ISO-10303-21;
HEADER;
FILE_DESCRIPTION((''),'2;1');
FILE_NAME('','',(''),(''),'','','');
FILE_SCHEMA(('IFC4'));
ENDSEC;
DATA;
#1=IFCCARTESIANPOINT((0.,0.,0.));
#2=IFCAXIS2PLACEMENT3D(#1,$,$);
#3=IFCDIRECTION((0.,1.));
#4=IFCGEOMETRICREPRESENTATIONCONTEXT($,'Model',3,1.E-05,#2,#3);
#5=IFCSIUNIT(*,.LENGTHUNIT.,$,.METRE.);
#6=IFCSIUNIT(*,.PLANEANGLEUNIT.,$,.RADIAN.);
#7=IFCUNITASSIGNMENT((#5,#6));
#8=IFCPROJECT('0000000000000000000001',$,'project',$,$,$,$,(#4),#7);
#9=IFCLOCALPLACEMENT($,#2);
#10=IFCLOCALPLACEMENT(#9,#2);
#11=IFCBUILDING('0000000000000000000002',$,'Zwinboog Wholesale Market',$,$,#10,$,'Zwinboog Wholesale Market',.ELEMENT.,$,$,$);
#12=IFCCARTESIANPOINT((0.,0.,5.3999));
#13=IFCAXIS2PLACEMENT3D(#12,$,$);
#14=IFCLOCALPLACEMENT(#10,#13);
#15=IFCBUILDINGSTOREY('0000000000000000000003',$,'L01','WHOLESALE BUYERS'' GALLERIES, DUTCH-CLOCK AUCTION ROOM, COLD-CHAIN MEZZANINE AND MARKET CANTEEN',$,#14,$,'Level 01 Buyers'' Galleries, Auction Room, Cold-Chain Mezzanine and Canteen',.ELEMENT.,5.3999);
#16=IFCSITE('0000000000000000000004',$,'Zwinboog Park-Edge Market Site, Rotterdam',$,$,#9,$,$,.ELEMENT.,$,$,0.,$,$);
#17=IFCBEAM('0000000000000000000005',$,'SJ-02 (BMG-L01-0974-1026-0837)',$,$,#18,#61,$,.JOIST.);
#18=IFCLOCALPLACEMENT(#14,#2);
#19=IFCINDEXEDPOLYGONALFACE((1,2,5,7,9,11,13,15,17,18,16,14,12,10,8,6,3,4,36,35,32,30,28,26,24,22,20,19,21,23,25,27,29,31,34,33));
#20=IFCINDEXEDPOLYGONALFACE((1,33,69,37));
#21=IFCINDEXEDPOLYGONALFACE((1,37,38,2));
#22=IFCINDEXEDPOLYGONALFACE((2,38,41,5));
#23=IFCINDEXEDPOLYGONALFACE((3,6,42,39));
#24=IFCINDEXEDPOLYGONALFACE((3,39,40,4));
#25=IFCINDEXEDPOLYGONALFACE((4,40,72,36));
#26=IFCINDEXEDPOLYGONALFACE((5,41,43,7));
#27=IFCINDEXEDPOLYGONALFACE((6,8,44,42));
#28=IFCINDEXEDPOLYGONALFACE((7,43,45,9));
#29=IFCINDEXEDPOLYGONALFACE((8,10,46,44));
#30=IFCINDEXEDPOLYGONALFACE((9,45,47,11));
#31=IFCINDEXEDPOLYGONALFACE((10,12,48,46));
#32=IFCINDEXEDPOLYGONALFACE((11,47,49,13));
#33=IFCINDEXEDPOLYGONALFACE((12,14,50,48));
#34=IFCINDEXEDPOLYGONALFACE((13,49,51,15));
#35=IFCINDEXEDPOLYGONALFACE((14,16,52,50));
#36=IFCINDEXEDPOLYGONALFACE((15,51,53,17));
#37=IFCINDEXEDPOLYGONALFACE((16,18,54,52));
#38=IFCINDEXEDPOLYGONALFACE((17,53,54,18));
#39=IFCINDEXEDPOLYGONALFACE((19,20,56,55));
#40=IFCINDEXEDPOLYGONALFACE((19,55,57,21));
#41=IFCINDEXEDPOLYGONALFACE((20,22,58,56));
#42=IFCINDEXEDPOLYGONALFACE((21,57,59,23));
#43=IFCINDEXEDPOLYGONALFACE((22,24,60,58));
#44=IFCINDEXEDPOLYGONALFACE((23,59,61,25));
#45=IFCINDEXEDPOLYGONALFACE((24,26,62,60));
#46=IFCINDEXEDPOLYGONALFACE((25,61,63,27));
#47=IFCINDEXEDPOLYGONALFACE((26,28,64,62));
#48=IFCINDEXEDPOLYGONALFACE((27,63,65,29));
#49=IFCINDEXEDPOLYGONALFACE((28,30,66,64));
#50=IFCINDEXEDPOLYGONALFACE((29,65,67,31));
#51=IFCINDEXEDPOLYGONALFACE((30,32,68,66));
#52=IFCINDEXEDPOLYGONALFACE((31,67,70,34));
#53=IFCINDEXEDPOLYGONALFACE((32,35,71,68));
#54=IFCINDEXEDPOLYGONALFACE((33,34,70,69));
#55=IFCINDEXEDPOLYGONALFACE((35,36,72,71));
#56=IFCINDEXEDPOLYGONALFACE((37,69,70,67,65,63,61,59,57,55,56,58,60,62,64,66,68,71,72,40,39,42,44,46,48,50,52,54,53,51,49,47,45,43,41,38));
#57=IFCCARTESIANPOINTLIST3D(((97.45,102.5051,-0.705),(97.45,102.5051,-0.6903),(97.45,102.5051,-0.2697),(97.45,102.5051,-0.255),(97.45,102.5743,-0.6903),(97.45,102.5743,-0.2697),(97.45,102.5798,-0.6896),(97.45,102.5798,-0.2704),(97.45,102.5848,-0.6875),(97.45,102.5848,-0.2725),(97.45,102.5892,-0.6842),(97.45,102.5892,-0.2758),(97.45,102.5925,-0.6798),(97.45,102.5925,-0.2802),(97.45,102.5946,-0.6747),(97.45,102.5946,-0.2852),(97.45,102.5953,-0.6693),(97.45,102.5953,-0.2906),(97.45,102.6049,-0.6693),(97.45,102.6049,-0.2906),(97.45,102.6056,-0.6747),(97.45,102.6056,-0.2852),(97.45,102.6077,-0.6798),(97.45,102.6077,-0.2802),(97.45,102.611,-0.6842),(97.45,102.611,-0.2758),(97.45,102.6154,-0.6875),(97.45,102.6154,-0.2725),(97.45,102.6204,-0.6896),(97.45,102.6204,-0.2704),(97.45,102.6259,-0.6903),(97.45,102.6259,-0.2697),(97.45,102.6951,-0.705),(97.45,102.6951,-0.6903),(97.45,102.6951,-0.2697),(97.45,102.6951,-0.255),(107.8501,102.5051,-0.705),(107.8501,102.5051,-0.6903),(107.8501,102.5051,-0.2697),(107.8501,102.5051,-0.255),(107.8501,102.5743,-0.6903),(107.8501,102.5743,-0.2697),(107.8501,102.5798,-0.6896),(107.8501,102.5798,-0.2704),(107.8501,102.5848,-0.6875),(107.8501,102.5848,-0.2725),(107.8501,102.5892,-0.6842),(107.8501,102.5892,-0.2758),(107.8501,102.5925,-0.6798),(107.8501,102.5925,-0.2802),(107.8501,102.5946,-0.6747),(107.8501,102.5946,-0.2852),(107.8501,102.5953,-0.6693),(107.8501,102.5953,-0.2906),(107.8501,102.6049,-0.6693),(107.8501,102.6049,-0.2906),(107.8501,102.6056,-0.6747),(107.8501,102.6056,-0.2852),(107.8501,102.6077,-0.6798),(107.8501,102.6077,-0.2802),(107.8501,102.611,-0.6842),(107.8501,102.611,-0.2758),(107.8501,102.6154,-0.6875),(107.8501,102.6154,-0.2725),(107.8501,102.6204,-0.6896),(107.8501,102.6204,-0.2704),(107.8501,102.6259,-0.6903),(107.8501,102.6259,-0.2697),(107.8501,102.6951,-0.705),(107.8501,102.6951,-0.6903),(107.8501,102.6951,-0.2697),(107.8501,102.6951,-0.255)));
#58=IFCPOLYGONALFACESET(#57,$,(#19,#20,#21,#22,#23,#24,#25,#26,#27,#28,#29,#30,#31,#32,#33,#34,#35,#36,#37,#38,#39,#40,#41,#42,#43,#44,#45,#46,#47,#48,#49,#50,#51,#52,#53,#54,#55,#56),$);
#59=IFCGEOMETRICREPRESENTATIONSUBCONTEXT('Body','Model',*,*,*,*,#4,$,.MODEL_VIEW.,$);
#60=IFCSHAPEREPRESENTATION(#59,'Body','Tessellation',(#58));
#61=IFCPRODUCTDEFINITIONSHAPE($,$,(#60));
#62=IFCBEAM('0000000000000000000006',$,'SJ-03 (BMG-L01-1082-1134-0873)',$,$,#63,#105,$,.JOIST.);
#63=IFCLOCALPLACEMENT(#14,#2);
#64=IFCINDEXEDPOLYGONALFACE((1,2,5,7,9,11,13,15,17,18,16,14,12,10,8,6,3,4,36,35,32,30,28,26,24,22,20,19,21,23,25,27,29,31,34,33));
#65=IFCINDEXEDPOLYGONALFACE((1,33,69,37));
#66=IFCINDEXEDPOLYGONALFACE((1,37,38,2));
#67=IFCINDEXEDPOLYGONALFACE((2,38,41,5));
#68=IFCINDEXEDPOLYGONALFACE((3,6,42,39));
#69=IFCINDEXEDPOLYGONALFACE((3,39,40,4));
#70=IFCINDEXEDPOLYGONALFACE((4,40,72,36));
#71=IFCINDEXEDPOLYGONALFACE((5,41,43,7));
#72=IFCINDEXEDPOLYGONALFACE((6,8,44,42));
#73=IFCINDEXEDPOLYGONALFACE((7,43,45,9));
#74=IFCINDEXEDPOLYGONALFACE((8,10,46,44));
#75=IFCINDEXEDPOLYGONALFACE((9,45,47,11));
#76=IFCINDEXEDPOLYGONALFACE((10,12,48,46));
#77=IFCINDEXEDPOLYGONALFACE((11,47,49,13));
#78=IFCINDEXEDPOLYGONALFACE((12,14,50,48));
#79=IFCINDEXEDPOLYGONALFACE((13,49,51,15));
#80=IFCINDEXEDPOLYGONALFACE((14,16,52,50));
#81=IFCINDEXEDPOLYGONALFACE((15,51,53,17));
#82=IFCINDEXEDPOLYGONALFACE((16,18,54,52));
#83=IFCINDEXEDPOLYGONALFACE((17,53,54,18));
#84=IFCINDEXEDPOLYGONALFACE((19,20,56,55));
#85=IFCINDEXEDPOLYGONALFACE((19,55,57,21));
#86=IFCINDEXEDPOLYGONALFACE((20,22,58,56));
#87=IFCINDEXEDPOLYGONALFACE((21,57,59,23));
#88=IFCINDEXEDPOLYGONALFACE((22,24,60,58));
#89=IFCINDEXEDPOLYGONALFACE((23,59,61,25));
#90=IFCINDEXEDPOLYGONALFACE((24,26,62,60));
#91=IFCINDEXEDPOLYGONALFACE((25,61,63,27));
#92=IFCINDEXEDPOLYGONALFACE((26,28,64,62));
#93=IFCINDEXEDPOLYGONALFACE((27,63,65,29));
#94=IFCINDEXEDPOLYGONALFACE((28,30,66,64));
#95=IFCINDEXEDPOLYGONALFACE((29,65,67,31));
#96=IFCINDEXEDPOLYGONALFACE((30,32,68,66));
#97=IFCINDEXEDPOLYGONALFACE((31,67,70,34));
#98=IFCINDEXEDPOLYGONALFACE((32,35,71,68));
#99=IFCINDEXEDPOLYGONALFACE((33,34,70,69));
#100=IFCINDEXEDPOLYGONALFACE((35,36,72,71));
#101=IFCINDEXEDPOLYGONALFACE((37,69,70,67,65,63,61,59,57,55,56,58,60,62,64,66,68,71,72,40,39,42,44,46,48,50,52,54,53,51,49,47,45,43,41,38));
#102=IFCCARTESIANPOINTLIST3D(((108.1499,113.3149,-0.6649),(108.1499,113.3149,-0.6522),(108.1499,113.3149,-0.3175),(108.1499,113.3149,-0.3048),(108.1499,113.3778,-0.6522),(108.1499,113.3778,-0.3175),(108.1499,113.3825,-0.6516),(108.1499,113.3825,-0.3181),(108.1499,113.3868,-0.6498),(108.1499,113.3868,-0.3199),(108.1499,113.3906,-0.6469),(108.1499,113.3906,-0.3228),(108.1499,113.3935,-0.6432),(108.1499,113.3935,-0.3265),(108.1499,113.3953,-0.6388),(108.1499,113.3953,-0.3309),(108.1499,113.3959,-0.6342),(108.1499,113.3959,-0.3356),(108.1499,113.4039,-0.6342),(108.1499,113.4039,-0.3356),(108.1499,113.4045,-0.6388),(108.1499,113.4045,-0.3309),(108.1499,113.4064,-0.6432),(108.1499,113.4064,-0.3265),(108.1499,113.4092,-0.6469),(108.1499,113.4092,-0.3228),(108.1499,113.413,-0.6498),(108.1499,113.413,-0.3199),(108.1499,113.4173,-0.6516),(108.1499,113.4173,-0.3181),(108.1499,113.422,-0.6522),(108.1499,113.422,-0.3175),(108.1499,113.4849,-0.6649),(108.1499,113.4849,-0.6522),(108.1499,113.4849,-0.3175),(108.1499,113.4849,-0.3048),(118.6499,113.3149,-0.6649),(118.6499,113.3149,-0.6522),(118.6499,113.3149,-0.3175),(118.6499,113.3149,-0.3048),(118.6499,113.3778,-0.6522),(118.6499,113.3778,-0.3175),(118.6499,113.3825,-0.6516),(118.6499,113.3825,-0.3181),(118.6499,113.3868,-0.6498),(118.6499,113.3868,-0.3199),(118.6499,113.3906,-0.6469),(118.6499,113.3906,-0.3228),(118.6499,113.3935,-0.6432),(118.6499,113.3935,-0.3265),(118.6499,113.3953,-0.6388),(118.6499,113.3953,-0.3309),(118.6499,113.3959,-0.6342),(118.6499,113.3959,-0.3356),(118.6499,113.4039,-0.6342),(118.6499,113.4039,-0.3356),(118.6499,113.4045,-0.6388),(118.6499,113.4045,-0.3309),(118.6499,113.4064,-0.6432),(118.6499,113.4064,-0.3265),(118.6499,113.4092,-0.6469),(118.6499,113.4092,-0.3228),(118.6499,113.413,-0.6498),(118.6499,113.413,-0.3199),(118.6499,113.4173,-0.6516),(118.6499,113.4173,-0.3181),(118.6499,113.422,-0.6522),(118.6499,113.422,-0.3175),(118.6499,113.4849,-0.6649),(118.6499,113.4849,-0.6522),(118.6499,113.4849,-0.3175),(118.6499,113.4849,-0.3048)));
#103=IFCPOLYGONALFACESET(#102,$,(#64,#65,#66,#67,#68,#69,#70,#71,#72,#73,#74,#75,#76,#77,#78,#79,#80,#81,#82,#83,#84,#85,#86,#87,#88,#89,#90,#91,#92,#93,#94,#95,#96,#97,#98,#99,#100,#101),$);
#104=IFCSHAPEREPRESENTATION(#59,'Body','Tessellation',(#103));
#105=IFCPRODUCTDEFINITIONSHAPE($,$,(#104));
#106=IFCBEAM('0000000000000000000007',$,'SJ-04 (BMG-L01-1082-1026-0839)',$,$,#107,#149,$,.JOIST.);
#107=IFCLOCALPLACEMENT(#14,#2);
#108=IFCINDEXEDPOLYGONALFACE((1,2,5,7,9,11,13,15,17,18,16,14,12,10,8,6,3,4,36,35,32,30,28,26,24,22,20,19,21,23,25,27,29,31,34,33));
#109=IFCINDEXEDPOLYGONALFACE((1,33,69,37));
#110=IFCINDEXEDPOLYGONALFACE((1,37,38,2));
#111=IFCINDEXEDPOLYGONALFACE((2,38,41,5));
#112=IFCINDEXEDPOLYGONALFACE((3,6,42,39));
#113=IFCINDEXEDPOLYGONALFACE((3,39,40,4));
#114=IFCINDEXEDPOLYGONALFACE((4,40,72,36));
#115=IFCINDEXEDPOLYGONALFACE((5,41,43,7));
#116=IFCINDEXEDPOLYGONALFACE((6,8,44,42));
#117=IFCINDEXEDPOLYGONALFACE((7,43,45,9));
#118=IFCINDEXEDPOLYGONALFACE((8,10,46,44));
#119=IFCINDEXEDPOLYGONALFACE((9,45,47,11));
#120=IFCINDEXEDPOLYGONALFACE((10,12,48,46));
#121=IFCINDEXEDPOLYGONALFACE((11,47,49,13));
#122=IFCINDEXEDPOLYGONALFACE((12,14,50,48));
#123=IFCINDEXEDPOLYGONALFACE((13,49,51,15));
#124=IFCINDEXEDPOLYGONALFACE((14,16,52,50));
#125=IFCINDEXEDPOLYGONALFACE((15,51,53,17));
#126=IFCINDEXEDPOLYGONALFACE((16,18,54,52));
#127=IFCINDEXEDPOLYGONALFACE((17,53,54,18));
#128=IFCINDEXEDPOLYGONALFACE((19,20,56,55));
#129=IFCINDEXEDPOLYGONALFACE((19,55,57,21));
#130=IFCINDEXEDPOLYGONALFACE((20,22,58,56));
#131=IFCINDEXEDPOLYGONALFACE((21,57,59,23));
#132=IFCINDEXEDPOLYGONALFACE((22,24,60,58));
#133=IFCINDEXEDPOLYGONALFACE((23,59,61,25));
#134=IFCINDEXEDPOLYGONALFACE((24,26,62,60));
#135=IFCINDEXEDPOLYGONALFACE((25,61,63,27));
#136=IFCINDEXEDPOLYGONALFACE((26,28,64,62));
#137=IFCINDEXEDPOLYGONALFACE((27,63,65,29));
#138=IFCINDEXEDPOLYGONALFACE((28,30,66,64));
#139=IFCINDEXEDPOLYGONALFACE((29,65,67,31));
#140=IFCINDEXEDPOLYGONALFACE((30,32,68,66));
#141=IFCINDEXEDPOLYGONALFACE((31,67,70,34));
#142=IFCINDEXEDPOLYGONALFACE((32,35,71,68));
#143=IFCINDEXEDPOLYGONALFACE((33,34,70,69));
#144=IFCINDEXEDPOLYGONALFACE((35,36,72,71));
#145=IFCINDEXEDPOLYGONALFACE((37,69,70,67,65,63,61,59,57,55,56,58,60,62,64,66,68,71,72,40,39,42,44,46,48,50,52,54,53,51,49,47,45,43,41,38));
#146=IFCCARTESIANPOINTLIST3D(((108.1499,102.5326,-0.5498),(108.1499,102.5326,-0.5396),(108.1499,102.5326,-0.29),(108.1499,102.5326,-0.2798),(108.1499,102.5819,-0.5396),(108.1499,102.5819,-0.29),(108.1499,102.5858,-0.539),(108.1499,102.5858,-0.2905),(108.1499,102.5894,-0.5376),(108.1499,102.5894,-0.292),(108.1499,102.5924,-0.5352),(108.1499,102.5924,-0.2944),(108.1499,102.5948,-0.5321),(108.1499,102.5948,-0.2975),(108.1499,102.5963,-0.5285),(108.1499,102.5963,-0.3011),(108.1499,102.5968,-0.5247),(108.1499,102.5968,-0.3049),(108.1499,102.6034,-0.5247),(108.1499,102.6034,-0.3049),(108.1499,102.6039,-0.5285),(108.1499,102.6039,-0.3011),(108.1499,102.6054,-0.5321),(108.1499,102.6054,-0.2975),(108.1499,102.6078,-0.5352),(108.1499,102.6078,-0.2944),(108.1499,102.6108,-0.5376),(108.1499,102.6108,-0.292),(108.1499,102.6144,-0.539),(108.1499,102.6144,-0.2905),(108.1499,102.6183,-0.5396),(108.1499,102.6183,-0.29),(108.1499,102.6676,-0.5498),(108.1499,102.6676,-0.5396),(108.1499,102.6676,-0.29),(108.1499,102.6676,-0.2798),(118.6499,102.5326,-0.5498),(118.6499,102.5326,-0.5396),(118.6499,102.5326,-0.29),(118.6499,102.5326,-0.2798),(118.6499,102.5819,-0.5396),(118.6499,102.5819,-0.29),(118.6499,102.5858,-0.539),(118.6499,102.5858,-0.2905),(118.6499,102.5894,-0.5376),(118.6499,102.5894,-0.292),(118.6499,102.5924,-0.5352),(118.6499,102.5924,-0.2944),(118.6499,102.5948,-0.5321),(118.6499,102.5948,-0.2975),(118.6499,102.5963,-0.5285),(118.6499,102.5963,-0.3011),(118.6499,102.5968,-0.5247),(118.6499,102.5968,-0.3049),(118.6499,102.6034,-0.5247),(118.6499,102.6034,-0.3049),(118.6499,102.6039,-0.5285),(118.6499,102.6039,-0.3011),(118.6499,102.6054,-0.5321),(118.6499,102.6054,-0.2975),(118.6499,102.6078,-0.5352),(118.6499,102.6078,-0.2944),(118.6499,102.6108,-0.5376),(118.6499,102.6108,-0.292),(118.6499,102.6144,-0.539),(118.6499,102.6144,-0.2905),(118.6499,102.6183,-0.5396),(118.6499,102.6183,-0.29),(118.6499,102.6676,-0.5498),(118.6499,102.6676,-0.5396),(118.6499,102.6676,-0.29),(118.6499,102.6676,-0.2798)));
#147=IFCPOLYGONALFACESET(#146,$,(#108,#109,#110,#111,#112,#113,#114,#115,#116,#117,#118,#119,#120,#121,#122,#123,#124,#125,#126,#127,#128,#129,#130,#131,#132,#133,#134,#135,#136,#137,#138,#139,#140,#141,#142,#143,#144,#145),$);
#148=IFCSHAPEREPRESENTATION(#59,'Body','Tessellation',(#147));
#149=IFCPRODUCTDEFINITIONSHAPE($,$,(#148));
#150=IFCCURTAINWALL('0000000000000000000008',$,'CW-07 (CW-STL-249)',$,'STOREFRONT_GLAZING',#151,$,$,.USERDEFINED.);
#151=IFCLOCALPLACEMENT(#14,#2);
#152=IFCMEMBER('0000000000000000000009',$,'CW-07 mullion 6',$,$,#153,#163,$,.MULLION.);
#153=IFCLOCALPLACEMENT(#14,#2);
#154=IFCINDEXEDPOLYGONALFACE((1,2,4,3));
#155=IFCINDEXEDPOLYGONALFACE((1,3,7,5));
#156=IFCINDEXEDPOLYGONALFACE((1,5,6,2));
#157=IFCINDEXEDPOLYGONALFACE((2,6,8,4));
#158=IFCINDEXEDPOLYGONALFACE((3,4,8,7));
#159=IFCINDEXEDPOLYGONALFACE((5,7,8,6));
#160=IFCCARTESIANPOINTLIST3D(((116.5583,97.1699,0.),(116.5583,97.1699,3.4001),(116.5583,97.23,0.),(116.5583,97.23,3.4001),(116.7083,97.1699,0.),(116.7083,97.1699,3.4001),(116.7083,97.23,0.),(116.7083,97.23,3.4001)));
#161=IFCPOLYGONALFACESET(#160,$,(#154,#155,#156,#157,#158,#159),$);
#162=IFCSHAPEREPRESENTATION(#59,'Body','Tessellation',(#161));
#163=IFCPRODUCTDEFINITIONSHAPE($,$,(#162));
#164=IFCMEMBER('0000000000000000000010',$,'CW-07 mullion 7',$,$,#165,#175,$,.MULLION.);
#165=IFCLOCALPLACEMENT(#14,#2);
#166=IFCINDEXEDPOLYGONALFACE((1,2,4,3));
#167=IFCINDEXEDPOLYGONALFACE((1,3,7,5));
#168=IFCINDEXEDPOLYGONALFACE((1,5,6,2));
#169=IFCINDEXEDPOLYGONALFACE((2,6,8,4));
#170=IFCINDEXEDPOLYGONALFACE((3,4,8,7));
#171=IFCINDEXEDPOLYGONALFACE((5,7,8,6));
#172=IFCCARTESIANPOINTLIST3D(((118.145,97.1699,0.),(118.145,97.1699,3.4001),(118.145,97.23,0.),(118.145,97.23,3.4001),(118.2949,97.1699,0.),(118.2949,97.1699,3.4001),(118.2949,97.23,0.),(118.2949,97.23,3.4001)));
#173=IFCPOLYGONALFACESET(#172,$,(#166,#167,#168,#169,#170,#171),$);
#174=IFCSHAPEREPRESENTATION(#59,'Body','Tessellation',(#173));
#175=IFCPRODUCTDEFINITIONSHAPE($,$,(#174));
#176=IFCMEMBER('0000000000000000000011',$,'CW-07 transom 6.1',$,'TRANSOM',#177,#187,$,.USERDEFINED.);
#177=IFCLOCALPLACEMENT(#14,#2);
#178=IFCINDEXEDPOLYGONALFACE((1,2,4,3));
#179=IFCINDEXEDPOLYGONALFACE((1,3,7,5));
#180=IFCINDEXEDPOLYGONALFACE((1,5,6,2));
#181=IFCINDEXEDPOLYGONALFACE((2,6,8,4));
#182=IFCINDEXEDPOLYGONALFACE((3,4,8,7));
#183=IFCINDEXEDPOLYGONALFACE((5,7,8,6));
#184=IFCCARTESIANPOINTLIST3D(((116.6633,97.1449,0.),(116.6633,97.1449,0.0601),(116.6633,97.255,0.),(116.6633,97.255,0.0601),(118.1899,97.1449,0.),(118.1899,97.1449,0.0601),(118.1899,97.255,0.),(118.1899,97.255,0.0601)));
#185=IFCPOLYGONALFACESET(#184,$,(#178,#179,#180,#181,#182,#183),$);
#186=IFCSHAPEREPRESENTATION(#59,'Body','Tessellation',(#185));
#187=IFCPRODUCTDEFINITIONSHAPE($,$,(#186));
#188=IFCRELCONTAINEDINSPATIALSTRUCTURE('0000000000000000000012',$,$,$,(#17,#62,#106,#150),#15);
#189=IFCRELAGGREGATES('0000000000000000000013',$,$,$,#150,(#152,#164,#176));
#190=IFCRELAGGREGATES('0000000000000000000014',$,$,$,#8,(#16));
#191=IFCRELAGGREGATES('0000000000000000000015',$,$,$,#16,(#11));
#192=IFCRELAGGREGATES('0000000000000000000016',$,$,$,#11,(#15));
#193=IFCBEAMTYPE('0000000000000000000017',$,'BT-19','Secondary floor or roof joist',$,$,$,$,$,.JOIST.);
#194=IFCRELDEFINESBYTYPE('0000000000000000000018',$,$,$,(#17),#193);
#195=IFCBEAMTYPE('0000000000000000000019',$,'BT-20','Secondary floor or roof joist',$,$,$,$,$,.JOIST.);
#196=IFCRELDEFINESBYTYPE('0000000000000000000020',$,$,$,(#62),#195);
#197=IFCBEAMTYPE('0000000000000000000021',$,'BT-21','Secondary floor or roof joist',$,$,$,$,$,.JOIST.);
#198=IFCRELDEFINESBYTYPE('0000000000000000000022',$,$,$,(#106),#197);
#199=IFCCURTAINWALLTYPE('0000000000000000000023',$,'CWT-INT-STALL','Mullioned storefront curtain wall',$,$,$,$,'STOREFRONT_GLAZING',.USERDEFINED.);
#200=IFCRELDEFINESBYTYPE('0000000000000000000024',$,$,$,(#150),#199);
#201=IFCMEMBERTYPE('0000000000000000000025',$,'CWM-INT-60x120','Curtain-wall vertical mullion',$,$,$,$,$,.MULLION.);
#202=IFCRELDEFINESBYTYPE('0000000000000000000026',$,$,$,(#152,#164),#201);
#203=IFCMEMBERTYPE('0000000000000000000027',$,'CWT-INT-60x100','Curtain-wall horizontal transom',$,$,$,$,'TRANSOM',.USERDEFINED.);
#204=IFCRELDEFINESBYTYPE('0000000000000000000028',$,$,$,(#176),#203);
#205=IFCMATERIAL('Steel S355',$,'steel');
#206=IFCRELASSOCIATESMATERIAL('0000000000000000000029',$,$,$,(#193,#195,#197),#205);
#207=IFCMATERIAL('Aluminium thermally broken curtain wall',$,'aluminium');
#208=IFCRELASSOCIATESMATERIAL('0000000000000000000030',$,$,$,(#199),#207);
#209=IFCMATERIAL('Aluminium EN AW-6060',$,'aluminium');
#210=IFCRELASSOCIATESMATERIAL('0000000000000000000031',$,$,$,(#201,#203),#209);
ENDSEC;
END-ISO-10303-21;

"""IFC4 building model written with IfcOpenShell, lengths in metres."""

from ifc_helpers import new_model, si_unit, direction, frame, origin, origin_2d, place, context, subcontext, project, spatial, rectangle, i_section, extrude, material, material_profile, profile_set, type_object, element, aggregate, save


model = new_model("IFC4")

# Units and contexts
model_context = context("Model", 3, precision=1e-05, world=origin(), true_north=direction((0.0, 1.0)))
body_context = subcontext(model_context, "Body", "Model", "MODEL_VIEW")
ifc_project = project(units=[si_unit("LENGTHUNIT", "METRE"), si_unit("PLANEANGLEUNIT", "RADIAN")], contexts=[model_context])

# Site, building, storey
site_placement = place(None, origin())
site = spatial("IfcSite", under=ifc_project, at=site_placement, Name="Zwinboog Park-Edge Market Site, Rotterdam", CompositionType="ELEMENT", RefElevation=0.0)
building_placement = place(site_placement, origin())
building = spatial("IfcBuilding", under=site, at=building_placement, Name="Zwinboog Wholesale Market", LongName="Zwinboog Wholesale Market", CompositionType="ELEMENT")
storey_placement = place(building_placement, frame((0.0, 0.0, 5.3999)))
storey = spatial("IfcBuildingStorey", under=building, at=storey_placement, Name="L01", Description="WHOLESALE BUYERS' GALLERIES, DUTCH-CLOCK AUCTION ROOM, COLD-CHAIN MEZZANINE AND MARKET CANTEEN", LongName="Level 01 Buyers' Galleries, Auction Room, Cold-Chain Mezzanine and Canteen", CompositionType="ELEMENT", Elevation=5.3999)

# Beams
ifc_material_1 = material(Name="Steel S355", Category="steel")
ifc_material_profile_1 = material_profile(ifc_material_1, i_section(OverallWidth=0.1899, OverallDepth=0.45, WebThickness=0.0095, FlangeThickness=0.0146, FilletRadius=0.021, at=origin_2d()), Name="IPE 450")
ifc_profile_set_1 = profile_set([ifc_material_profile_1], Name="Steel S355")
beam_type_1 = type_object("IfcBeamType", Name="BT-19", Description="Secondary floor or roof joist", PredefinedType="JOIST", material=ifc_profile_set_1)
beam_1_placement = place(storey_placement, frame((97.45, 102.6001, -0.48), z_axis=(1.0, 0.0, 0.0), x_axis=(0.0, 1.0, 0.0)))
element("IfcBeam", 1, at=beam_1_placement, inside=storey, type_object=beam_type_1, Name="SJ-02 (BMG-L01-0974-1026-0837)", PredefinedType="JOIST", context=body_context, shape_type="SweptSolid", body=[
    extrude(i_section(OverallWidth=0.1899, OverallDepth=0.45, WebThickness=0.0095, FlangeThickness=0.0146, FilletRadius=0.021, at=origin_2d()), origin(), (0.0, 0.0, 1.0), 10.4001),
])
ifc_material_profile_2 = material_profile(ifc_material_1, i_section(OverallWidth=0.1699, OverallDepth=0.3601, WebThickness=0.0081, FlangeThickness=0.0127, FilletRadius=0.0181, at=origin_2d()), Name="IPE 360")
ifc_profile_set_2 = profile_set([ifc_material_profile_2], Name="Steel S355")
beam_type_2 = type_object("IfcBeamType", Name="BT-20", Description="Secondary floor or roof joist", PredefinedType="JOIST", material=ifc_profile_set_2)
beam_2_placement = place(storey_placement, frame((108.1499, 113.3999, -0.4849), z_axis=(1.0, 0.0, 0.0), x_axis=(0.0, 1.0, 0.0)))
element("IfcBeam", 2, at=beam_2_placement, inside=storey, type_object=beam_type_2, Name="SJ-03 (BMG-L01-1082-1134-0873)", PredefinedType="JOIST", context=body_context, shape_type="SweptSolid", body=[
    extrude(i_section(OverallWidth=0.1699, OverallDepth=0.3601, WebThickness=0.0081, FlangeThickness=0.0127, FilletRadius=0.0181, at=origin_2d()), origin(), (0.0, 0.0, 1.0), 10.5),
])
ifc_material_profile_3 = material_profile(ifc_material_1, i_section(OverallWidth=0.135, OverallDepth=0.27, WebThickness=0.0066, FlangeThickness=0.0103, FilletRadius=0.0149, at=origin_2d()), Name="IPE 270")
ifc_profile_set_3 = profile_set([ifc_material_profile_3], Name="Steel S355")
beam_type_3 = type_object("IfcBeamType", Name="BT-21", Description="Secondary floor or roof joist", PredefinedType="JOIST", material=ifc_profile_set_3)
beam_3_placement = place(storey_placement, frame((108.1499, 102.6001, -0.4148), z_axis=(1.0, 0.0, 0.0), x_axis=(0.0, 1.0, 0.0)))
element("IfcBeam", 3, at=beam_3_placement, inside=storey, type_object=beam_type_3, Name="SJ-04 (BMG-L01-1082-1026-0839)", PredefinedType="JOIST", context=body_context, shape_type="SweptSolid", body=[
    extrude(i_section(OverallWidth=0.135, OverallDepth=0.27, WebThickness=0.0066, FlangeThickness=0.0103, FilletRadius=0.0149, at=origin_2d()), origin(), (0.0, 0.0, 1.0), 10.5),
])

# Curtain wall, members
ifc_material_2 = material(Name="Aluminium thermally broken curtain wall", Category="aluminium")
curtain_wall_type = type_object("IfcCurtainWallType", Name="CWT-INT-STALL", Description="Mullioned storefront curtain wall", ElementType="STOREFRONT_GLAZING", PredefinedType="USERDEFINED", material=ifc_material_2)
curtain_wall_placement = place(storey_placement, origin())
curtain_wall = element("IfcCurtainWall", 4, at=curtain_wall_placement, inside=storey, type_object=curtain_wall_type, Name="CW-07 (CW-STL-249)", ObjectType="STOREFRONT_GLAZING", PredefinedType="USERDEFINED")
ifc_material_3 = material(Name="Aluminium EN AW-6060", Category="aluminium")
ifc_material_profile_4 = material_profile(ifc_material_3, rectangle(XDim=0.0601, YDim=0.1499, at=origin_2d()), Name="AL 60x150")
ifc_profile_set_4 = profile_set([ifc_material_profile_4], Name="Aluminium EN AW-6060")
member_type_1 = type_object("IfcMemberType", Name="CWM-INT-60x120", Description="Curtain-wall vertical mullion", PredefinedType="MULLION", material=ifc_profile_set_4)
member_1_placement = place(storey_placement, frame((116.6333, 97.2, 0.0), z_axis=(0.0, 0.0, 1.0), x_axis=(0.0, 1.0, 0.0)))
member_1 = element("IfcMember", 5, at=member_1_placement, type_object=member_type_1, Name="CW-07 mullion 6", PredefinedType="MULLION", context=body_context, shape_type="SweptSolid", body=[
    extrude(rectangle(XDim=0.0601, YDim=0.1499, at=origin_2d()), origin(), (0.0, 0.0, 1.0), 3.4001),
])
member_2_placement = place(storey_placement, frame((118.22, 97.2, 0.0), z_axis=(0.0, 0.0, 1.0), x_axis=(0.0, 1.0, 0.0)))
member_2 = element("IfcMember", 6, at=member_2_placement, type_object=member_type_1, Name="CW-07 mullion 7", PredefinedType="MULLION", context=body_context, shape_type="SweptSolid", body=[
    extrude(rectangle(XDim=0.0601, YDim=0.1499, at=origin_2d()), origin(), (0.0, 0.0, 1.0), 3.4001),
])
ifc_material_profile_5 = material_profile(ifc_material_3, rectangle(XDim=0.1101, YDim=0.0601, at=origin_2d()), Name="AL 60x110")
ifc_profile_set_5 = profile_set([ifc_material_profile_5], Name="Aluminium EN AW-6060")
member_type_2 = type_object("IfcMemberType", Name="CWT-INT-60x100", Description="Curtain-wall horizontal transom", ElementType="TRANSOM", PredefinedType="USERDEFINED", material=ifc_profile_set_5)
member_3_placement = place(storey_placement, frame((116.6633, 97.2, 0.03), z_axis=(1.0, 0.0, 0.0), x_axis=(0.0, 1.0, 0.0)))
member_3 = element("IfcMember", 7, at=member_3_placement, type_object=member_type_2, Name="CW-07 transom 6.1", ObjectType="TRANSOM", PredefinedType="USERDEFINED", context=body_context, shape_type="SweptSolid", body=[
    extrude(rectangle(XDim=0.1101, YDim=0.0601, at=origin_2d()), origin(), (0.0, 0.0, 1.0), 1.5266),
])
aggregate(curtain_wall, [member_1, member_2, member_3])

save(model, "model.ifc")
